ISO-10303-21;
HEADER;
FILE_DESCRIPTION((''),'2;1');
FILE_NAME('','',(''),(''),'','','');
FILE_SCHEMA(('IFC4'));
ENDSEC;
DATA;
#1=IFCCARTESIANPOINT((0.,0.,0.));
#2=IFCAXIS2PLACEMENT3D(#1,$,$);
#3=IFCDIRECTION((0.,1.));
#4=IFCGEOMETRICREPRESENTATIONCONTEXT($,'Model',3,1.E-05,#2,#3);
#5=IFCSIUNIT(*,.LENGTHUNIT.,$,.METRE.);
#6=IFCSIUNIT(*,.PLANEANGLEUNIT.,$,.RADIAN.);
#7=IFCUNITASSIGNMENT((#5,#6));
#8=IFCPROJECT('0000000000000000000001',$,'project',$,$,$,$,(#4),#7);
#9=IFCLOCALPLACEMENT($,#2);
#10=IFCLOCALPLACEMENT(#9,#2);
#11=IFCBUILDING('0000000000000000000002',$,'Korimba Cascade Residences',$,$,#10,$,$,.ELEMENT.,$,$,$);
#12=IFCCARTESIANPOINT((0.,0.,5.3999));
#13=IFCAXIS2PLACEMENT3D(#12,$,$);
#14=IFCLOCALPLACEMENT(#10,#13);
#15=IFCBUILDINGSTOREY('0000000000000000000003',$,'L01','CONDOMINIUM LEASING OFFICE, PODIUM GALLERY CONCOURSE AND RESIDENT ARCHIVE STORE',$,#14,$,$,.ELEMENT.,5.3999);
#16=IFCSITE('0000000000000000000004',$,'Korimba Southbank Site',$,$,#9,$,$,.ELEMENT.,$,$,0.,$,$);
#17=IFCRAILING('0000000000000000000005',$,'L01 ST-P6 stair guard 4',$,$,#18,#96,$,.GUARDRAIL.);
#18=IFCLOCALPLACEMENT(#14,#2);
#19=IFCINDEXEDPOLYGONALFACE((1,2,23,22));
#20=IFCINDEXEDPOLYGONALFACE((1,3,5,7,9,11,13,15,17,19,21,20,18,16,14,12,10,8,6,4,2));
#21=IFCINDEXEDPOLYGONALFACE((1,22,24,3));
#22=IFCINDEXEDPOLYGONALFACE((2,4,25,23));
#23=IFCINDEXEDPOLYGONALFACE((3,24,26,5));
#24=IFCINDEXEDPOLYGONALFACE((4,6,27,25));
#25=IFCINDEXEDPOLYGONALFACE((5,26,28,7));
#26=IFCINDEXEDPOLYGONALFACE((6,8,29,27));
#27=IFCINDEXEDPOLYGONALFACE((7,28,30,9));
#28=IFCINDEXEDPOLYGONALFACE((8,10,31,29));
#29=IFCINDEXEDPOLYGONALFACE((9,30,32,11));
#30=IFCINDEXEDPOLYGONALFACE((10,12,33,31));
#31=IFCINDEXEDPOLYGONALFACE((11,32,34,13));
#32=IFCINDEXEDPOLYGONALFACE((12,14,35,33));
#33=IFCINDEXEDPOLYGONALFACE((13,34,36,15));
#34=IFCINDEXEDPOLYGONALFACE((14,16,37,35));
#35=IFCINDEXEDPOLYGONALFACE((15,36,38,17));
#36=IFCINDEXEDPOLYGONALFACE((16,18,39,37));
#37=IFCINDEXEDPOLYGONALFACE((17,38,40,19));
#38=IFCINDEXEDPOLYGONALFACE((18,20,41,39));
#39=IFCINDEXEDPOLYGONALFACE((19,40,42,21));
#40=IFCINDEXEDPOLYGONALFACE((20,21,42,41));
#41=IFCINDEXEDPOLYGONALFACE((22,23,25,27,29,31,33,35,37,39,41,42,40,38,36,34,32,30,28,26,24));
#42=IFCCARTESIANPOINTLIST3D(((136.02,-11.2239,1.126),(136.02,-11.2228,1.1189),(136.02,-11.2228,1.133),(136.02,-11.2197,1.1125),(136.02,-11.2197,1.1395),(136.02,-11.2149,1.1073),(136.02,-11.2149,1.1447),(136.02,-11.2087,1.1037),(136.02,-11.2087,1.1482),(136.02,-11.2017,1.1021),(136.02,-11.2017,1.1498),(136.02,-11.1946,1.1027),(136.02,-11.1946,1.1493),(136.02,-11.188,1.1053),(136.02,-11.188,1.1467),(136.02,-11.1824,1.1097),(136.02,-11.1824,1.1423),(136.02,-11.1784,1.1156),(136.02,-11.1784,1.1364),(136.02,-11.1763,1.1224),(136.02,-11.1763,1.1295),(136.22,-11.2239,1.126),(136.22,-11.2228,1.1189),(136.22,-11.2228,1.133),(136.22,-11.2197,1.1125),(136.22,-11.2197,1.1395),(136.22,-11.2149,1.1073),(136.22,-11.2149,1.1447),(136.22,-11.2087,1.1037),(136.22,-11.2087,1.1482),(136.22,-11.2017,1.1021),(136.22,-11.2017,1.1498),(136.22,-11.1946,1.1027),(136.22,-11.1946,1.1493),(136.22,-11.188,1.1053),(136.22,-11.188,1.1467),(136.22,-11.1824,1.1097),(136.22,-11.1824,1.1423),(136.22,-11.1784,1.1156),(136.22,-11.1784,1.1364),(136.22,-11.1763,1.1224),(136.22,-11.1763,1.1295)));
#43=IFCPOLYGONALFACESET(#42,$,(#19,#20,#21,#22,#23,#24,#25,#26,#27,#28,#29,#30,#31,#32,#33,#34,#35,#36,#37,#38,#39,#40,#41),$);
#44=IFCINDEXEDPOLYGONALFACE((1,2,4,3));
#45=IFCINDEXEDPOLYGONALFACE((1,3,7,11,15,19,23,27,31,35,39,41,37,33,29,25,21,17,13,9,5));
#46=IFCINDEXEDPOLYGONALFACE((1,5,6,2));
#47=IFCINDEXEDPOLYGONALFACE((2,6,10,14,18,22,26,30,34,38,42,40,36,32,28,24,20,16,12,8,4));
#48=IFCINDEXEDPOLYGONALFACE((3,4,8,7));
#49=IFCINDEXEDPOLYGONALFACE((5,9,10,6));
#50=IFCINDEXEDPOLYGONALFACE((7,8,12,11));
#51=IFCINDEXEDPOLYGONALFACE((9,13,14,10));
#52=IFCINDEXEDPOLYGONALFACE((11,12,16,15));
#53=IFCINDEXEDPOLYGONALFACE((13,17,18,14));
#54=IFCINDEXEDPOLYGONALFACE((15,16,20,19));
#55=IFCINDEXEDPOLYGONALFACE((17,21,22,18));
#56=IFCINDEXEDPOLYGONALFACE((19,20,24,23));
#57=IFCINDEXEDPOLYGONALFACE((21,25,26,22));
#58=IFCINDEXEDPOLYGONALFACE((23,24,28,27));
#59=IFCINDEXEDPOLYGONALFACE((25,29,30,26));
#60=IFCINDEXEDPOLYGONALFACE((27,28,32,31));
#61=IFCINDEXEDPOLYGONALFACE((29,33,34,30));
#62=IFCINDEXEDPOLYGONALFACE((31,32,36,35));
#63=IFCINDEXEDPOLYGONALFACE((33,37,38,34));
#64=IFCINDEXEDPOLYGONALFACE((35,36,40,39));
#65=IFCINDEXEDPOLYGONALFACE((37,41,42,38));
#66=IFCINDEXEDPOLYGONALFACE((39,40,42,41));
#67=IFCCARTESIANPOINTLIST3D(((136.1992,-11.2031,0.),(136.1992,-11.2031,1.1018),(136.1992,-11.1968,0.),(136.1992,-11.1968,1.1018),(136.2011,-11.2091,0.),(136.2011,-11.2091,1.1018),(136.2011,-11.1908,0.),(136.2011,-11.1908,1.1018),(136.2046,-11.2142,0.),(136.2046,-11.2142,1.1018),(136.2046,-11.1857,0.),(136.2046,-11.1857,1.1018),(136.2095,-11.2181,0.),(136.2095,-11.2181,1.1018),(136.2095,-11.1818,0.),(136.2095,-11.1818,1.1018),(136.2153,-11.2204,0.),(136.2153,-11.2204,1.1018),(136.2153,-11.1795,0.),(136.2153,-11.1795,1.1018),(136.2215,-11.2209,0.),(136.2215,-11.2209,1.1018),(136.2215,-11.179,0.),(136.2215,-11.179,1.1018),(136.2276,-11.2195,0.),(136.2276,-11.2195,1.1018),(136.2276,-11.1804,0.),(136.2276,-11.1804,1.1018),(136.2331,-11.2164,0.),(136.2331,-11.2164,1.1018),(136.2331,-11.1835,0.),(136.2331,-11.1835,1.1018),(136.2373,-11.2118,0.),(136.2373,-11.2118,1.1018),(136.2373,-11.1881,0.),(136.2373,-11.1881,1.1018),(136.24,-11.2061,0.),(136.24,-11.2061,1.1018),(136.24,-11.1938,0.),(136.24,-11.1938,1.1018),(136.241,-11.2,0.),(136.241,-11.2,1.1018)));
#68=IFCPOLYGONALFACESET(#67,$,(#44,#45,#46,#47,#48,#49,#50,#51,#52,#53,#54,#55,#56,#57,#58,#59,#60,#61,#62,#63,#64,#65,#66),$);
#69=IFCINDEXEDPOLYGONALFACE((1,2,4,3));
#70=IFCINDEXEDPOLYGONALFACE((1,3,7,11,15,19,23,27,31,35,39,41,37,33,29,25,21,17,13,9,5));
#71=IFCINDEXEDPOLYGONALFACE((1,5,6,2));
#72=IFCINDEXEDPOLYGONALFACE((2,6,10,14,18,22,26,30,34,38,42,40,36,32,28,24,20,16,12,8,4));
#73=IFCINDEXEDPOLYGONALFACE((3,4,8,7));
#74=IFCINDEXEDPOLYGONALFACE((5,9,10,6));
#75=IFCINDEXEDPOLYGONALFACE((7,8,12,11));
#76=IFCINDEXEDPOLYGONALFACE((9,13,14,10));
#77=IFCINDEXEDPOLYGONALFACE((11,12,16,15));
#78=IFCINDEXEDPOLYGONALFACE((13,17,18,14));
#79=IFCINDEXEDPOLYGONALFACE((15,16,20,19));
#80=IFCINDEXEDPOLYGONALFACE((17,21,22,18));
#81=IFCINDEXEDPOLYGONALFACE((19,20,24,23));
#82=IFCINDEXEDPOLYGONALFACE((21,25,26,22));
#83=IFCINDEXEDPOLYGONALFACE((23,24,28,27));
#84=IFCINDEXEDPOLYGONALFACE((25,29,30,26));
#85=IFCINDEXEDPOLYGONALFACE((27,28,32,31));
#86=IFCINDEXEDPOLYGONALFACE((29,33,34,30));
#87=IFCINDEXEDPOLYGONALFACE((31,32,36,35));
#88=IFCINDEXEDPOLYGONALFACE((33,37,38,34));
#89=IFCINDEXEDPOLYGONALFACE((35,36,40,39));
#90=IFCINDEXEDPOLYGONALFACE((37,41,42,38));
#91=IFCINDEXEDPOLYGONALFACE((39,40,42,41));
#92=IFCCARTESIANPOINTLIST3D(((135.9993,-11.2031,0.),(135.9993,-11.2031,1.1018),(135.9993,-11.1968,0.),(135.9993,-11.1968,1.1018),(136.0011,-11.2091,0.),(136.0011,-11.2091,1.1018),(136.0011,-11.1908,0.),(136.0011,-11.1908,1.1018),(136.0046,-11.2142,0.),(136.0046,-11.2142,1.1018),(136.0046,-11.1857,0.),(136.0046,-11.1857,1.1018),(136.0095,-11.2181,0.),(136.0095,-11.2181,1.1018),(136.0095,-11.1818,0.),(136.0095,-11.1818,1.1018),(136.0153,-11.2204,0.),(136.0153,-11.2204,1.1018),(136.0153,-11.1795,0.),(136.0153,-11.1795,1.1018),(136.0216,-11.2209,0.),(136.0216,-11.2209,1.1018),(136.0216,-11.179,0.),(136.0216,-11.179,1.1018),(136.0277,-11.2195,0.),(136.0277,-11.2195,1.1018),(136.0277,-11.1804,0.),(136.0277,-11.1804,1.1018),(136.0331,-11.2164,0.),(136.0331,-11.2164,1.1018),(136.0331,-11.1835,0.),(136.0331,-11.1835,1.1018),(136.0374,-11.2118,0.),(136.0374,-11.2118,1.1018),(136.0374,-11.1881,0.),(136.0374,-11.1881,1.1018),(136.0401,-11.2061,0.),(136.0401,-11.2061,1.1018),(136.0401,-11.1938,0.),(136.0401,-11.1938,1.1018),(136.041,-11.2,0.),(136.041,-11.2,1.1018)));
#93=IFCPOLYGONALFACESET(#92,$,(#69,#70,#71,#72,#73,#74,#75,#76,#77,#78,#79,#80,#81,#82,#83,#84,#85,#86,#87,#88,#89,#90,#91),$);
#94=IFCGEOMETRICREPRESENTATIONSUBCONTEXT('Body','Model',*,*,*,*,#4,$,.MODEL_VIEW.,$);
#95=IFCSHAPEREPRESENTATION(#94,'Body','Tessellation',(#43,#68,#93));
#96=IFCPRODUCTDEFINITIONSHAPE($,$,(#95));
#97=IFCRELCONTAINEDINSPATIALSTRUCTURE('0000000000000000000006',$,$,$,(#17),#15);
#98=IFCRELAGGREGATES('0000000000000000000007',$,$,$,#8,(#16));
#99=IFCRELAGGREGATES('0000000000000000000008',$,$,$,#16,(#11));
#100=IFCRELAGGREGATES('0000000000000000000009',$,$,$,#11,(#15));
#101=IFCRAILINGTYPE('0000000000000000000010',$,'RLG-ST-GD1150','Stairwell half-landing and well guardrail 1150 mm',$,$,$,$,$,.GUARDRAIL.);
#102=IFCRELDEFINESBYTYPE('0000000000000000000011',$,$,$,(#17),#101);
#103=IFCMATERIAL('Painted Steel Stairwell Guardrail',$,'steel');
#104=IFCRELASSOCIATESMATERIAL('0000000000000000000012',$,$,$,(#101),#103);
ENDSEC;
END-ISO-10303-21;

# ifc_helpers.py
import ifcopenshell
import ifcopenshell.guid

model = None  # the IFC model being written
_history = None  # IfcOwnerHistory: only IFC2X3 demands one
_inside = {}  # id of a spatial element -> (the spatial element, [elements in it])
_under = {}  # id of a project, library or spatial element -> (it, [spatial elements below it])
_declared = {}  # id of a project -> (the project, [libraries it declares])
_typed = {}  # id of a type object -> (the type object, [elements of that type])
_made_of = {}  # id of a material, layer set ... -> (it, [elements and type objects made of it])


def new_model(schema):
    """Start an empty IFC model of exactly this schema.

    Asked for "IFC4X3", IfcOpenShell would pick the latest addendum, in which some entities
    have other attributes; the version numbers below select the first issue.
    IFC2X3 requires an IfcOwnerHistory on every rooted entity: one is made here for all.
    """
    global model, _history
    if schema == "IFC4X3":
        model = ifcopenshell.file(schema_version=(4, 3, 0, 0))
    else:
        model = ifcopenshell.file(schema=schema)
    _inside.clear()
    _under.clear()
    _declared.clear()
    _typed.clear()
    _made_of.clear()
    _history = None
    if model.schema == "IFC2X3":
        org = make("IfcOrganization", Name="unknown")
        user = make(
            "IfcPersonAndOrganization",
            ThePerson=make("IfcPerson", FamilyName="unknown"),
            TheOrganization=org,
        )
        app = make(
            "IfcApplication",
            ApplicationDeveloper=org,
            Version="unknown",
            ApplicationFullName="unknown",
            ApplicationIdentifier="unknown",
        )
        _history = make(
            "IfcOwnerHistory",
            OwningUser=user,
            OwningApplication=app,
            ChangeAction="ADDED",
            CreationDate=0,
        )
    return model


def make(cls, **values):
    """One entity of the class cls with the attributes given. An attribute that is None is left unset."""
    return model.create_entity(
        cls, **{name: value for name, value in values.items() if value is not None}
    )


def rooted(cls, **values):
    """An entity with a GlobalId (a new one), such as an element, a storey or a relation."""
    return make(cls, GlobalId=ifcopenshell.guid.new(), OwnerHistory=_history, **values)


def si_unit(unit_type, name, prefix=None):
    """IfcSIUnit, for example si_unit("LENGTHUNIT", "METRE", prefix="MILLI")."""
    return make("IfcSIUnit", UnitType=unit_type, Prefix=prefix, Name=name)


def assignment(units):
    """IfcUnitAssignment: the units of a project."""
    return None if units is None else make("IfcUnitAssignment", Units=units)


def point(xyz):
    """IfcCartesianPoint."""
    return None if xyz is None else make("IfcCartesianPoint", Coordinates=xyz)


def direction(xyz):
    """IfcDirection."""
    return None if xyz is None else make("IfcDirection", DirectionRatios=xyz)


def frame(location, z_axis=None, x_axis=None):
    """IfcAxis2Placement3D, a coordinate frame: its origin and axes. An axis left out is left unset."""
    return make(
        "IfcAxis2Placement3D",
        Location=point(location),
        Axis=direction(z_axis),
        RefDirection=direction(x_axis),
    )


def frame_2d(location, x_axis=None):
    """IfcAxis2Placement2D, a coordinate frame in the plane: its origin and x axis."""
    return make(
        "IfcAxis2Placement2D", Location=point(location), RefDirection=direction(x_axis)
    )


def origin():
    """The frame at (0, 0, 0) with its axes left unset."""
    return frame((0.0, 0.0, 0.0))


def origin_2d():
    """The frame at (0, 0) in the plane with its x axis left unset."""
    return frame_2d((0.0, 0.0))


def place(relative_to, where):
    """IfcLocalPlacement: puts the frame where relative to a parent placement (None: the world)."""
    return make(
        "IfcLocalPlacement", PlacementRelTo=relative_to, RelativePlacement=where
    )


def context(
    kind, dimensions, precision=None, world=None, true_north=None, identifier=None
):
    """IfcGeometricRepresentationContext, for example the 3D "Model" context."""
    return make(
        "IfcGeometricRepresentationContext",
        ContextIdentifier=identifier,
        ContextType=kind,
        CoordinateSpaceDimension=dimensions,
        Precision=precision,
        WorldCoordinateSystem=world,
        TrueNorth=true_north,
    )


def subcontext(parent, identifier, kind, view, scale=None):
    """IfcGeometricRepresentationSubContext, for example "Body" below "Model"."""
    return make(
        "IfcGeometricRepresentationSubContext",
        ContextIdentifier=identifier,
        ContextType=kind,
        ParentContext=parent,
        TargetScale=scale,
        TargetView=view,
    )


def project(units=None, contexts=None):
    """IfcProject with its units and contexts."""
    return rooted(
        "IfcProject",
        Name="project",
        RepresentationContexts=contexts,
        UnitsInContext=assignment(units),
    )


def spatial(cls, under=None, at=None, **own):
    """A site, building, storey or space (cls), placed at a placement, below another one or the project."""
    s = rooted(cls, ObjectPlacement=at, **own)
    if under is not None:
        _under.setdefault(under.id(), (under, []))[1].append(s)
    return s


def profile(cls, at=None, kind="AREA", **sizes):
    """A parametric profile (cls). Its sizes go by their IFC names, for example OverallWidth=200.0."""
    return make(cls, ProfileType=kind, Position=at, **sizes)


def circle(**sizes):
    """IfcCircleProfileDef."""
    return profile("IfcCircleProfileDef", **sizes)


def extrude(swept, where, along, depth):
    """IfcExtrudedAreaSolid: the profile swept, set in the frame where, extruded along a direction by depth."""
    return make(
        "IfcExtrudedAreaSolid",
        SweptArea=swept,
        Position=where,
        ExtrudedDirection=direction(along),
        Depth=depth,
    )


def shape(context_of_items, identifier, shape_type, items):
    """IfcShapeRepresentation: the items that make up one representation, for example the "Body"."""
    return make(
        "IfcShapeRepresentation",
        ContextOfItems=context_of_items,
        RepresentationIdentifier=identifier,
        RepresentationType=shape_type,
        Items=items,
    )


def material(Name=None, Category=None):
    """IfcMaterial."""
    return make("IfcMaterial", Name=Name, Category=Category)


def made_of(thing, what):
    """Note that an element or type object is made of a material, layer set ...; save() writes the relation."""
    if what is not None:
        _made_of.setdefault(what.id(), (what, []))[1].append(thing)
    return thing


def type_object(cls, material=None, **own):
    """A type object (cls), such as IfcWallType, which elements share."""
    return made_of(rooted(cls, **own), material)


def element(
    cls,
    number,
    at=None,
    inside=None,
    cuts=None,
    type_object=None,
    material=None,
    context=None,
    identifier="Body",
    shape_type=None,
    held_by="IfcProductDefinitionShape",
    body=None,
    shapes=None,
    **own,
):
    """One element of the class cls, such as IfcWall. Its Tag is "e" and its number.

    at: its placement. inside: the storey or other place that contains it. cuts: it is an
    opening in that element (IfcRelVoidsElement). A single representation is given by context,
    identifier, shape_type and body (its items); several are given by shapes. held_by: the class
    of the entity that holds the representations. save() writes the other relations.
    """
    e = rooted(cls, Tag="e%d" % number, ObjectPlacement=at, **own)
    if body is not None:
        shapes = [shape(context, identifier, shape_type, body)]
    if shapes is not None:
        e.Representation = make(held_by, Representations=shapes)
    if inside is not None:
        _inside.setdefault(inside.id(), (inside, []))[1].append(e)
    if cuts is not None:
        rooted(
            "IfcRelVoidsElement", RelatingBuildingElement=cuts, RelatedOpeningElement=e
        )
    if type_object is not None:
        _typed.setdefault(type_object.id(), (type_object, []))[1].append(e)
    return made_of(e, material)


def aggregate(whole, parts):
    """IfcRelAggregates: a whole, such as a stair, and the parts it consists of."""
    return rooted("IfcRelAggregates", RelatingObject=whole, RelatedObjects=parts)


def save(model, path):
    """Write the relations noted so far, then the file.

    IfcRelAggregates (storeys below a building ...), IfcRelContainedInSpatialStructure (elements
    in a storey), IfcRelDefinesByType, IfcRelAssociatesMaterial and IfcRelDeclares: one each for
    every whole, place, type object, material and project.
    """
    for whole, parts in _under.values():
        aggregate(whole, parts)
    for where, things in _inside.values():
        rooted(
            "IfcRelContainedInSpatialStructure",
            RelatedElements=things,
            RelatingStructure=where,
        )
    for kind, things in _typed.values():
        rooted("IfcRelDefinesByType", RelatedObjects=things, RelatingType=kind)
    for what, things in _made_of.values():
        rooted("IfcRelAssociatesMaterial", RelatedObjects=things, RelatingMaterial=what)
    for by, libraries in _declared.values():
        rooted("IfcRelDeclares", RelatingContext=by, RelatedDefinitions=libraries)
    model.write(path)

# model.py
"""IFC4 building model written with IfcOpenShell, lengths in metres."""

from ifc_helpers import new_model, si_unit, direction, frame, origin, origin_2d, place, context, subcontext, project, spatial, circle, extrude, material, type_object, element, save


model = new_model("IFC4")

# Units and contexts
model_context = context("Model", 3, precision=1e-05, world=origin(), true_north=direction((0.0, 1.0)))
body_context = subcontext(model_context, "Body", "Model", "MODEL_VIEW")
ifc_project = project(units=[si_unit("LENGTHUNIT", "METRE"), si_unit("PLANEANGLEUNIT", "RADIAN")], contexts=[model_context])

# Site, building, storey
site_placement = place(None, origin())
site = spatial("IfcSite", under=ifc_project, at=site_placement, Name="Korimba Southbank Site", CompositionType="ELEMENT", RefElevation=0.0)
building_placement = place(site_placement, origin())
building = spatial("IfcBuilding", under=site, at=building_placement, Name="Korimba Cascade Residences", CompositionType="ELEMENT")
storey_placement = place(building_placement, frame((0.0, 0.0, 5.3999)))
storey = spatial("IfcBuildingStorey", under=building, at=storey_placement, Name="L01", Description="CONDOMINIUM LEASING OFFICE, PODIUM GALLERY CONCOURSE AND RESIDENT ARCHIVE STORE", CompositionType="ELEMENT", Elevation=5.3999)

# Railing
ifc_material_1 = material(Name="Painted Steel Stairwell Guardrail", Category="steel")
railing_type_1 = type_object("IfcRailingType", Name="RLG-ST-GD1150", Description="Stairwell half-landing and well guardrail 1150 mm", PredefinedType="GUARDRAIL", material=ifc_material_1)
railing_1_placement = place(storey_placement, frame((136.22, -11.2, 0.0)))
element("IfcRailing", 1, at=railing_1_placement, inside=storey, type_object=railing_type_1, Name="L01 ST-P6 stair guard 4", PredefinedType="GUARDRAIL", context=body_context, shape_type="SweptSolid", body=[
    extrude(circle(Radius=0.0239, at=origin_2d()), frame((0.0, 0.0, 1.126), z_axis=(-1.0, 0.0, 0.0), x_axis=(0.0, -1.0, 0.0)), (0.0, 0.0, 1.0), 0.2),
    extrude(circle(Radius=0.021, at=origin_2d()), origin(), (0.0, 0.0, 1.0), 1.1018),
    extrude(circle(Radius=0.021, at=origin_2d()), frame((-0.2, 0.0, 0.0)), (0.0, 0.0, 1.0), 1.1018),
])

save(model, "model.ifc")
